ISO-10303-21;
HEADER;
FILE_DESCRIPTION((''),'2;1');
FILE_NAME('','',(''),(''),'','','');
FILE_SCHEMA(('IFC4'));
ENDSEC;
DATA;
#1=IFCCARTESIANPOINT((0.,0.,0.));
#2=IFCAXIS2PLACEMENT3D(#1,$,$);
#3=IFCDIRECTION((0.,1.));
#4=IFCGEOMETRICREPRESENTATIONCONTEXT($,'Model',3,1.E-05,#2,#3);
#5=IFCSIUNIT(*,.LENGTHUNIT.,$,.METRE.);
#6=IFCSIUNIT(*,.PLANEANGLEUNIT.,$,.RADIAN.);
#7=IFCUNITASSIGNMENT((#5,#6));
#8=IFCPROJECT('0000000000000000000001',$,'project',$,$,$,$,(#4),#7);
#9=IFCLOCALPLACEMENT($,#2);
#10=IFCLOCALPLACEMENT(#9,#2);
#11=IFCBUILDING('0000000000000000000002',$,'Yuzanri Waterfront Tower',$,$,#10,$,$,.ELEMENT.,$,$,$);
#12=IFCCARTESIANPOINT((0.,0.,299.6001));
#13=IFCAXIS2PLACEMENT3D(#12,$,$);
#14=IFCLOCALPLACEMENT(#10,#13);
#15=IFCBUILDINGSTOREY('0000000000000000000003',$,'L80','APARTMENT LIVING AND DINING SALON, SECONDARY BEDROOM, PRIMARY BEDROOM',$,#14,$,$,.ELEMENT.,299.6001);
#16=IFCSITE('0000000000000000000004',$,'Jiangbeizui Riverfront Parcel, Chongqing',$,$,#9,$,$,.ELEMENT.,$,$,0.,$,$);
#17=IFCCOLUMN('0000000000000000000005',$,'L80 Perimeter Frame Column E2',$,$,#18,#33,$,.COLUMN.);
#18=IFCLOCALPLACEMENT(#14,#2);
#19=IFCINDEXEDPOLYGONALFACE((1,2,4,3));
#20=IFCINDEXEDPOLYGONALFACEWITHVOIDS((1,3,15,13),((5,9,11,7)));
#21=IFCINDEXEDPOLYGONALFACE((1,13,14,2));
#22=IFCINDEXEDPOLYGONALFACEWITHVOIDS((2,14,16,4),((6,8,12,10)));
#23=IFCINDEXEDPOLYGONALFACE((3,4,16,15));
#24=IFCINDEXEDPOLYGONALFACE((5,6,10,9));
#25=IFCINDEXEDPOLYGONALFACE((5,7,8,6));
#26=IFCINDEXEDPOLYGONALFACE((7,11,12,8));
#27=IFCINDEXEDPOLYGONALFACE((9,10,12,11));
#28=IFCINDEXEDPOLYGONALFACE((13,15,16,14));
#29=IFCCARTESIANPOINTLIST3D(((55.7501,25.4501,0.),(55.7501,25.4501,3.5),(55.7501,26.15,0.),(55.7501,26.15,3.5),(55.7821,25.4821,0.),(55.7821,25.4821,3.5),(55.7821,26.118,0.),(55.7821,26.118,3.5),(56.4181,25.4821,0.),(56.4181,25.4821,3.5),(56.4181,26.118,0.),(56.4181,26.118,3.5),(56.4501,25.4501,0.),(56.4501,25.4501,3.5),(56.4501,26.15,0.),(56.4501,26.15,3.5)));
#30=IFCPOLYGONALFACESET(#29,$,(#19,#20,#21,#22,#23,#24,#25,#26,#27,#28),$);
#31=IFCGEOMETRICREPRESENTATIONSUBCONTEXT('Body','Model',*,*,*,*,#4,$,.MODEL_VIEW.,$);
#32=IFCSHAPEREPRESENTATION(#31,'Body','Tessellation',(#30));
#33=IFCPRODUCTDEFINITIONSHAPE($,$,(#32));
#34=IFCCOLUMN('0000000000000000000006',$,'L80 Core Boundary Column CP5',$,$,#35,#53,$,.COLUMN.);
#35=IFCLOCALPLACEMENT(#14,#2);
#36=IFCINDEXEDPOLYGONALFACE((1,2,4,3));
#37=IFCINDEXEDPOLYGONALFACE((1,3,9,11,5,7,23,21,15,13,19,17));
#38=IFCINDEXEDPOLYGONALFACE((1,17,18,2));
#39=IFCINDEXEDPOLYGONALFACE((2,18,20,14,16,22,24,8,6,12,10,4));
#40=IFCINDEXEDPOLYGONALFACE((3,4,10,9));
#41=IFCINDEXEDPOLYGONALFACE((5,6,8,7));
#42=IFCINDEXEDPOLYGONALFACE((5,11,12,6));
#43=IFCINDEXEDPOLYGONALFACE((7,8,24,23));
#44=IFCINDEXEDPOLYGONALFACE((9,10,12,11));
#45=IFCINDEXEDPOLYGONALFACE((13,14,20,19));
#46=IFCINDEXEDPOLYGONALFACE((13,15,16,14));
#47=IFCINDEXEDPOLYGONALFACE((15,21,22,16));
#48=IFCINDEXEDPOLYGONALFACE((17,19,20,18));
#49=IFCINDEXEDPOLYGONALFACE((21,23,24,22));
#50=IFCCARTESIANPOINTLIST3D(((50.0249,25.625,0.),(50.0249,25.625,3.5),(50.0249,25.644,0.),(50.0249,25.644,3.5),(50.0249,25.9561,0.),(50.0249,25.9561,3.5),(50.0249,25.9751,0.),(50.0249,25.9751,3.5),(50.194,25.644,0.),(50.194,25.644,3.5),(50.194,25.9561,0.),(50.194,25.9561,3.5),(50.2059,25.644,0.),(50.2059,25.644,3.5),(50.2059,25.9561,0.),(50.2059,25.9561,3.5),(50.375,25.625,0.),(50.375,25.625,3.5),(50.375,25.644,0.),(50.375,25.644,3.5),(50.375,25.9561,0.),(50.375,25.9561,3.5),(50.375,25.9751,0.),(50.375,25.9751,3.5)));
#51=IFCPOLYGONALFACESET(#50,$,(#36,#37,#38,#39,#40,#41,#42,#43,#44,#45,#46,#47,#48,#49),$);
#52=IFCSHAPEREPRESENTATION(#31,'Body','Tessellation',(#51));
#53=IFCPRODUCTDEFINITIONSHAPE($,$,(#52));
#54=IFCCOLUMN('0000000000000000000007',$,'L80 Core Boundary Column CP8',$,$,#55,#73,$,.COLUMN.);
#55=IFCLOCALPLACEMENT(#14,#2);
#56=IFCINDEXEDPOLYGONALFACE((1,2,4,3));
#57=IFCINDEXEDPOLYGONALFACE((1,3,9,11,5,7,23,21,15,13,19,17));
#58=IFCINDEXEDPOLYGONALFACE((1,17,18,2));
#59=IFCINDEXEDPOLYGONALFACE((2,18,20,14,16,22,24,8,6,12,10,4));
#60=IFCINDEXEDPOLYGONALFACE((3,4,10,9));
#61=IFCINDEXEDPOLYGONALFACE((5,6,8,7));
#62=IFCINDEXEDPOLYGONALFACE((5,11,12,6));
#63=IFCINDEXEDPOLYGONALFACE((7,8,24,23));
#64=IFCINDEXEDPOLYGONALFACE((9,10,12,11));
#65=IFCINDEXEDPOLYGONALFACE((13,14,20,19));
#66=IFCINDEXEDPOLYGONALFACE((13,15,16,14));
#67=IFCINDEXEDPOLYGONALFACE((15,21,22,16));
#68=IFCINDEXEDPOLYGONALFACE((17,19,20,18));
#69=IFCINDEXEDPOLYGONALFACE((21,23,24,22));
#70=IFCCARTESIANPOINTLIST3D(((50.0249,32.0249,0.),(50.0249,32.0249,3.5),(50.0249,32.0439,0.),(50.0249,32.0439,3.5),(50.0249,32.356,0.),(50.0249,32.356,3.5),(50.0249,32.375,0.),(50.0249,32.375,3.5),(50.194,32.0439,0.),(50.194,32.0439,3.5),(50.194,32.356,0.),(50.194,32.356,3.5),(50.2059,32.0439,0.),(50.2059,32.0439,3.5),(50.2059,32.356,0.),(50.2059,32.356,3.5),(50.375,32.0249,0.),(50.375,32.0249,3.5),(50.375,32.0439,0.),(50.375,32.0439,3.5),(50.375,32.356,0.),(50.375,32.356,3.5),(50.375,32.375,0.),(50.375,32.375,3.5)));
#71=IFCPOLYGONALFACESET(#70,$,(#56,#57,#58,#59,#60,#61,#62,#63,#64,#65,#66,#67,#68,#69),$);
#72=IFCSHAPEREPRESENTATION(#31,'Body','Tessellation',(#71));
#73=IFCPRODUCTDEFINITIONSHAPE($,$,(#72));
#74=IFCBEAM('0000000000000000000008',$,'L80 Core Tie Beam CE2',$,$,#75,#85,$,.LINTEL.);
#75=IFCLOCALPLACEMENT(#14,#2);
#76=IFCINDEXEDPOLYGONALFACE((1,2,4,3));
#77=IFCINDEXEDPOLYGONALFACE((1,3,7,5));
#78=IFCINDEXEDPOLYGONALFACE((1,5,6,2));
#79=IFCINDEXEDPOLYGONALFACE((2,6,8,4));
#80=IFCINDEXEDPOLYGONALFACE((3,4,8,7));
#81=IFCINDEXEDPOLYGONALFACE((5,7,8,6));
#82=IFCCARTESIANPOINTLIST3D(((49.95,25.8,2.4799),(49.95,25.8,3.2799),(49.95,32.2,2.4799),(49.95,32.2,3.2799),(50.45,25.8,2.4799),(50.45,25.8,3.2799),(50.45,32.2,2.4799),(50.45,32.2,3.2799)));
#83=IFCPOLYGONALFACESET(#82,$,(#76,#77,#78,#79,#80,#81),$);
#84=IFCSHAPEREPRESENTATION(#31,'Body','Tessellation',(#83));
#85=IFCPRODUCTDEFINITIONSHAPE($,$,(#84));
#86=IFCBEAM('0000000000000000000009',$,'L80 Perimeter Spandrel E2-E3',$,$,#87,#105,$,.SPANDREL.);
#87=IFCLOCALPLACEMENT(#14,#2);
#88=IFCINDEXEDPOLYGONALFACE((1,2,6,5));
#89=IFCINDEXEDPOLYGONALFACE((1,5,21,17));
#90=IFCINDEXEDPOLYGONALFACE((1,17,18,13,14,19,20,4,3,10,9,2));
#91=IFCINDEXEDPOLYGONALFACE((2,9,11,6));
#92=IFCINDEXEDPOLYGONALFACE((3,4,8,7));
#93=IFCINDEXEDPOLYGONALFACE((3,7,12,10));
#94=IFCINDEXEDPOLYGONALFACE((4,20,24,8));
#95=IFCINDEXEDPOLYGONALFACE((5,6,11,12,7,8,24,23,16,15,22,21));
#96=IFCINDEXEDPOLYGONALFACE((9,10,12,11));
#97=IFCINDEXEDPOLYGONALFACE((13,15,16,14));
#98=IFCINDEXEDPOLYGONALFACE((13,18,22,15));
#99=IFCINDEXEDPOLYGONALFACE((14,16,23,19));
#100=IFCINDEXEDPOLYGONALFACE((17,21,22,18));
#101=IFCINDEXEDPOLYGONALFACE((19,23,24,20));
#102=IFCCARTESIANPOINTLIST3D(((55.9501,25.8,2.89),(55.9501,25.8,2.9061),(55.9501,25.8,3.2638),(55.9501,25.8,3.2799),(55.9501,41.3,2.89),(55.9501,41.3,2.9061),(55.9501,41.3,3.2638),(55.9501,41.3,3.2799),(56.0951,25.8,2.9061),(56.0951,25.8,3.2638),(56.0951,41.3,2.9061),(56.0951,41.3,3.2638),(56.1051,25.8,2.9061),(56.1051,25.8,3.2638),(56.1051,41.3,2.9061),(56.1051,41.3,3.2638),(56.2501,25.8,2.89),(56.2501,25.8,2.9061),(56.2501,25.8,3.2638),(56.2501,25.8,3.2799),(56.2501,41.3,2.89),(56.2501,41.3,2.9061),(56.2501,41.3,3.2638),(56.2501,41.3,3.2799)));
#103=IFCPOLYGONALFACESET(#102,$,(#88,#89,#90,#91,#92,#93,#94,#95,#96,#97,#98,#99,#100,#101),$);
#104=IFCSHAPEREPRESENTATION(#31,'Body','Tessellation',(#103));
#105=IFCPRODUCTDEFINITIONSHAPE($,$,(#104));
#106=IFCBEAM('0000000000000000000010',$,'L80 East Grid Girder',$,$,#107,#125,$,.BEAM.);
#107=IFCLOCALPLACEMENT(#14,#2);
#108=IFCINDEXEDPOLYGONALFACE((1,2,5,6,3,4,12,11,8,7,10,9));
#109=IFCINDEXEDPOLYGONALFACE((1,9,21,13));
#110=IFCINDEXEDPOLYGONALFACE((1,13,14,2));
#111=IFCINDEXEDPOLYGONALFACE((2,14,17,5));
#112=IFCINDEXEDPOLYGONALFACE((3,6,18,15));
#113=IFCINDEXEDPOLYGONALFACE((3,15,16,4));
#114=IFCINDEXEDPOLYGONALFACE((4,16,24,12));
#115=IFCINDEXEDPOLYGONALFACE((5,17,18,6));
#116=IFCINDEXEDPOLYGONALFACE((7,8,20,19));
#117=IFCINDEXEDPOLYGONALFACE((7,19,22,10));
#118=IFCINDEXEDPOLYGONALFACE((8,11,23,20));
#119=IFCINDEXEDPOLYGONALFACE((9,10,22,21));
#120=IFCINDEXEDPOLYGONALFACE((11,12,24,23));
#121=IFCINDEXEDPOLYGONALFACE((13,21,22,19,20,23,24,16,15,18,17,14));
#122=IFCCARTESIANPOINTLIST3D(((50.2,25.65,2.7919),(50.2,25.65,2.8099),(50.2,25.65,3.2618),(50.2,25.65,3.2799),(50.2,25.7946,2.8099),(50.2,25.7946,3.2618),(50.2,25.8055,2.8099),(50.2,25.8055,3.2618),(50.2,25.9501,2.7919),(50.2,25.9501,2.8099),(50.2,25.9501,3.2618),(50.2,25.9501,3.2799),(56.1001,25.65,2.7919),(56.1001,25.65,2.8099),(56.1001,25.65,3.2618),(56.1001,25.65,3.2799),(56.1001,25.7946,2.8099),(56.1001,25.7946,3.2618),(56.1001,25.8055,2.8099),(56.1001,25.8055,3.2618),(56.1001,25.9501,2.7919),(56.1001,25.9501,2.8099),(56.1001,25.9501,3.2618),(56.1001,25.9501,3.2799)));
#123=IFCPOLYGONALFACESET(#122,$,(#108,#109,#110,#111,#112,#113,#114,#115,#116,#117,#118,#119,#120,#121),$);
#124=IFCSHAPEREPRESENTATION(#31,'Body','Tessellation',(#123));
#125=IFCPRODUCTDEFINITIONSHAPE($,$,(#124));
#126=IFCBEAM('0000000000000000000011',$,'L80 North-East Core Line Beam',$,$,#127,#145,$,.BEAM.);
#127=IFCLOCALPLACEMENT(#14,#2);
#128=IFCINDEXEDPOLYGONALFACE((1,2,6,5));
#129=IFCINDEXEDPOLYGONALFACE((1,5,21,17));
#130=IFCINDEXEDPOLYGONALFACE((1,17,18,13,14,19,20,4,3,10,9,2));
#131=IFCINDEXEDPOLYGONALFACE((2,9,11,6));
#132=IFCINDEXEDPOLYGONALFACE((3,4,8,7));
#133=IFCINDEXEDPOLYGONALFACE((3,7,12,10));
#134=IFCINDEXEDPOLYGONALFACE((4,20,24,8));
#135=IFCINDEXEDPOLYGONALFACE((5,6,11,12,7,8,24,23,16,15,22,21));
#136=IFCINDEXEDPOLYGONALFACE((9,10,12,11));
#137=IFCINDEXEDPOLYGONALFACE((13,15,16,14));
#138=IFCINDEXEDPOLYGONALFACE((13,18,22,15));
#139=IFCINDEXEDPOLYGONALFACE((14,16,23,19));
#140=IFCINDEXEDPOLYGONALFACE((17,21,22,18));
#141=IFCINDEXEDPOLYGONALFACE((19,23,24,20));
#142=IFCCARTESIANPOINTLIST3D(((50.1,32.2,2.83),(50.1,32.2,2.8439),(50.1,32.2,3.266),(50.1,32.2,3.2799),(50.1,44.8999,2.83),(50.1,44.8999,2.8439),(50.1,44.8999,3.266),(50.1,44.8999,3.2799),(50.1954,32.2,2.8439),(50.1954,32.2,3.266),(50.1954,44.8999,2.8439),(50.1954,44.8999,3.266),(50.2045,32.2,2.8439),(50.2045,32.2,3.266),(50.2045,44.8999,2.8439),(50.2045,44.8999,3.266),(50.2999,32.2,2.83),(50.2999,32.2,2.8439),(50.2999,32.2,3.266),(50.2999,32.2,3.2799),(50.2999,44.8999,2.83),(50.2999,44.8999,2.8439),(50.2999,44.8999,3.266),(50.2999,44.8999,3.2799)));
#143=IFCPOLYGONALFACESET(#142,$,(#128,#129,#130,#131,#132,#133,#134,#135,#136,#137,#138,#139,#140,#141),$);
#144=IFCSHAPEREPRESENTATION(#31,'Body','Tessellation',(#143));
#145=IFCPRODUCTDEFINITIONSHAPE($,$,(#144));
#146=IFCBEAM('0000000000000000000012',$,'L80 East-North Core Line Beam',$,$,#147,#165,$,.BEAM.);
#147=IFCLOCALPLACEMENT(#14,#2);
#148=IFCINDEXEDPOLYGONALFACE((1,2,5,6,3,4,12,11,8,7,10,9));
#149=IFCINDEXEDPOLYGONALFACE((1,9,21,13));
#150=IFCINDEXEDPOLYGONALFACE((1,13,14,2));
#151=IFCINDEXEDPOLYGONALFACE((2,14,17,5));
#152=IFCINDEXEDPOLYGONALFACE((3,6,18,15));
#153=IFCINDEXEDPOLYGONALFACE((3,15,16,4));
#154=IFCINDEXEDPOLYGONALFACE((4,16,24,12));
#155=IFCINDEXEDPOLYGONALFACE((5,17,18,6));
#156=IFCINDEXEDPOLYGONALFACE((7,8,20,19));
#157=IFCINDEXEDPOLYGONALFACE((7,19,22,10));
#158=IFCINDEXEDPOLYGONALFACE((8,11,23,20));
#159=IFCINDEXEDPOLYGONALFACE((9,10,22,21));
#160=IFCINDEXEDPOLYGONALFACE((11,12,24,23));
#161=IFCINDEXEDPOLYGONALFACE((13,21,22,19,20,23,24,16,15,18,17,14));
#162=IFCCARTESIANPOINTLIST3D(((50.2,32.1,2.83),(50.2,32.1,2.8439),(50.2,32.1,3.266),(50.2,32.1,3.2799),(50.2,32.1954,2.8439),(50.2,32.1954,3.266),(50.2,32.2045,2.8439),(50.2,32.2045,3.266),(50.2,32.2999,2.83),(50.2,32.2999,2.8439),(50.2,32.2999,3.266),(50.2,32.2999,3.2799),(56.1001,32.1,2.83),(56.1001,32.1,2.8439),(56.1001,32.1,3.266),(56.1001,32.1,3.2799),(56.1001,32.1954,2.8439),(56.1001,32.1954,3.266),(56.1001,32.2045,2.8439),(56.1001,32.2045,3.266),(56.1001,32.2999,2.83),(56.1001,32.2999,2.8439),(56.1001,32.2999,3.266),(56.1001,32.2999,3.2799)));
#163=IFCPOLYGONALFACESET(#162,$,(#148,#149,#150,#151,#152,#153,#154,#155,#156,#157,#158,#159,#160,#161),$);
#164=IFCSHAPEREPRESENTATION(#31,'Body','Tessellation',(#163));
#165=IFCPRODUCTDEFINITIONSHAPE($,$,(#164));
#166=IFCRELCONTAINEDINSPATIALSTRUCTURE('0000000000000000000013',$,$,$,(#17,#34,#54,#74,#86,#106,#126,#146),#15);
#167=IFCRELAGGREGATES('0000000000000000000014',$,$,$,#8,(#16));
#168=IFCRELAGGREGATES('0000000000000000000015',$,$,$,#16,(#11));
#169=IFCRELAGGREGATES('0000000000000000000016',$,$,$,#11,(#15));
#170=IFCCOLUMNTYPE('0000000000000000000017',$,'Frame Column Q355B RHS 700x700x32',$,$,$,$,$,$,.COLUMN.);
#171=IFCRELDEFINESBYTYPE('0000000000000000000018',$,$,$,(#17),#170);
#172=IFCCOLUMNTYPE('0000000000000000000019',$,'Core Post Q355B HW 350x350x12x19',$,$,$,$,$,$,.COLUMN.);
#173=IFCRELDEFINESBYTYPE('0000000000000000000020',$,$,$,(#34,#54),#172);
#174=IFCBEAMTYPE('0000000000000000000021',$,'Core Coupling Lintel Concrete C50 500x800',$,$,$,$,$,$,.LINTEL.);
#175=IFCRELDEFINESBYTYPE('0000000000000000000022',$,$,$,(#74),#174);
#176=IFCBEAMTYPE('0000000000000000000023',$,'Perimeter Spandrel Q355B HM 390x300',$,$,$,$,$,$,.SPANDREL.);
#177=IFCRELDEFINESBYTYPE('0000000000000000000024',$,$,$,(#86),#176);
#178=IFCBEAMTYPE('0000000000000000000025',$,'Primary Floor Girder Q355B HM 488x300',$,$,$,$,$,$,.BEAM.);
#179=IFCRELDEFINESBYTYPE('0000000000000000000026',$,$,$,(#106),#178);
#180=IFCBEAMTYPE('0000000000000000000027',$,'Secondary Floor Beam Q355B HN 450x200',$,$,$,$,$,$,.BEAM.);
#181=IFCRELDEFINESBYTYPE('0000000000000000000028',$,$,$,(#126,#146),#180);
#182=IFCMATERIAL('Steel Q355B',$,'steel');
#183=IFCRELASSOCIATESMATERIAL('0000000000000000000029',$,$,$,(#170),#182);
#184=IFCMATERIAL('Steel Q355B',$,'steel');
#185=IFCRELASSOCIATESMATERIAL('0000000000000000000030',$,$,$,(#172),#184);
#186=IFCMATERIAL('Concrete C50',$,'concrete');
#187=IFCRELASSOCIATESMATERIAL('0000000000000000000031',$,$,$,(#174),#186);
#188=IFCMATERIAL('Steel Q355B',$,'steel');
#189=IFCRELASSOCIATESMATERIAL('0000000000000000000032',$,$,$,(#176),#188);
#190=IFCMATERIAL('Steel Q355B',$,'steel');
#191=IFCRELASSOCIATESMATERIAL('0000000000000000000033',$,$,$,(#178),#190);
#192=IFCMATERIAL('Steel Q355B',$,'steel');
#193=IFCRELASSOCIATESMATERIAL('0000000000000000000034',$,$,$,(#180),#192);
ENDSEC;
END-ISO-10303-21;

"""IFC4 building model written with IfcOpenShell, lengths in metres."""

from ifc_helpers import new_model, si_unit, direction, frame, origin, origin_2d, place, context, subcontext, project, spatial, rectangle, hollow_rectangle, i_section, extrude, source, transform, mapped, material, material_profile, profile_set, type_object, element, save


model = new_model("IFC4")

# Units and contexts
model_context = context("Model", 3, precision=1e-05, world=origin(), true_north=direction((0.0, 1.0)))
body_context = subcontext(model_context, "Body", "Model", "MODEL_VIEW")
ifc_project = project(units=[si_unit("LENGTHUNIT", "METRE"), si_unit("PLANEANGLEUNIT", "RADIAN")], contexts=[model_context])

# Site, building, storey
site_placement = place(None, origin())
site = spatial("IfcSite", under=ifc_project, at=site_placement, Name="Jiangbeizui Riverfront Parcel, Chongqing", CompositionType="ELEMENT", RefElevation=0.0)
building_placement = place(site_placement, origin())
building = spatial("IfcBuilding", under=site, at=building_placement, Name="Yuzanri Waterfront Tower", CompositionType="ELEMENT")
storey_placement = place(building_placement, frame((0.0, 0.0, 299.6001)))
storey = spatial("IfcBuildingStorey", under=building, at=storey_placement, Name="L80", Description="APARTMENT LIVING AND DINING SALON, SECONDARY BEDROOM, PRIMARY BEDROOM", CompositionType="ELEMENT", Elevation=299.6001)

# Columns
ifc_material_1 = material(Name="Steel Q355B", Category="steel")
ifc_material_profile_1 = material_profile(ifc_material_1, hollow_rectangle(XDim=0.7, YDim=0.7, WallThickness=0.032, at=origin_2d()), Name="RHS 700x700x32")
ifc_profile_set_1 = profile_set([ifc_material_profile_1], Name="Steel Q355B")
column_type_1 = type_object("IfcColumnType", Name="Frame Column Q355B RHS 700x700x32", PredefinedType="COLUMN", material=ifc_profile_set_1)
shared_shape_1 = source(origin(), body_context, "Body", "SweptSolid", [
    extrude(hollow_rectangle(XDim=0.7, YDim=0.7, WallThickness=0.032, at=origin_2d()), origin(), (0.0, 0.0, 1.0), 3.5),
])
column_placement = place(storey_placement, frame((56.1001, 25.8, 0.0), z_axis=(0.0, 0.0, 1.0), x_axis=(1.0, 0.0, 0.0)))
element("IfcColumn", 1, at=column_placement, inside=storey, type_object=column_type_1, Name="L80 Perimeter Frame Column E2", PredefinedType="COLUMN", context=body_context, shape_type="MappedRepresentation", body=[
    mapped(shared_shape_1, transform((0.0, 0.0, 0.0), scale=1.0)),
])
ifc_material_2 = material(Name="Steel Q355B", Category="steel")
ifc_material_profile_2 = material_profile(ifc_material_2, i_section(OverallWidth=0.3501, OverallDepth=0.3501, WebThickness=0.012, FlangeThickness=0.019, at=origin_2d()), Name="HW 350x350x12x19")
ifc_profile_set_2 = profile_set([ifc_material_profile_2], Name="Steel Q355B")
column_type_2 = type_object("IfcColumnType", Name="Core Post Q355B HW 350x350x12x19", PredefinedType="COLUMN", material=ifc_profile_set_2)
shared_shape_2 = source(origin(), body_context, "Body", "SweptSolid", [
    extrude(i_section(OverallWidth=0.3501, OverallDepth=0.3501, WebThickness=0.012, FlangeThickness=0.019, at=origin_2d()), origin(), (0.0, 0.0, 1.0), 3.5),
])
for number, where, z_axis, x_axis, name in (
    (2, (50.2, 25.8, 0.0), (0.0, 0.0, 1.0), (1.0, 0.0, 0.0), "L80 Core Boundary Column CP5"),
    (3, (50.2, 32.2, 0.0), (0.0, 0.0, 1.0), (1.0, 0.0, 0.0), "L80 Core Boundary Column CP8"),
):
    element("IfcColumn", number, at=place(storey_placement, frame(where, z_axis=z_axis, x_axis=x_axis)), inside=storey, type_object=column_type_2, Name=name, PredefinedType="COLUMN", context=body_context, shape_type="MappedRepresentation", body=[
        mapped(shared_shape_2, transform((0.0, 0.0, 0.0), scale=1.0)),
    ])

# Beams
ifc_material_3 = material(Name="Concrete C50", Category="concrete")
ifc_material_profile_3 = material_profile(ifc_material_3, rectangle(XDim=0.5, YDim=0.8, at=origin_2d()), Name="RC 500x800")
ifc_profile_set_3 = profile_set([ifc_material_profile_3], Name="Concrete C50")
beam_type_1 = type_object("IfcBeamType", Name="Core Coupling Lintel Concrete C50 500x800", PredefinedType="LINTEL", material=ifc_profile_set_3)
shared_shape_3 = source(origin(), body_context, "Body", "SweptSolid", [
    extrude(rectangle(XDim=0.5, YDim=0.8, at=origin_2d()), origin(), (0.0, 0.0, 1.0), 6.3999),
])
beam_1_placement = place(storey_placement, frame((50.2, 25.8, 2.8799), z_axis=(0.0, 1.0, 0.0), x_axis=(-1.0, 0.0, 0.0)))
element("IfcBeam", 4, at=beam_1_placement, inside=storey, type_object=beam_type_1, Name="L80 Core Tie Beam CE2", PredefinedType="LINTEL", context=body_context, shape_type="MappedRepresentation", body=[
    mapped(shared_shape_3, transform((0.0, 0.0, 0.0), scale=1.0)),
])
ifc_material_4 = material(Name="Steel Q355B", Category="steel")
ifc_material_profile_4 = material_profile(ifc_material_4, i_section(OverallWidth=0.3, OverallDepth=0.3899, WebThickness=0.01, FlangeThickness=0.0161, at=origin_2d()), Name="HM 390x300x10x16")
ifc_profile_set_4 = profile_set([ifc_material_profile_4], Name="Steel Q355B")
beam_type_2 = type_object("IfcBeamType", Name="Perimeter Spandrel Q355B HM 390x300", PredefinedType="SPANDREL", material=ifc_profile_set_4)
shared_shape_4 = source(origin(), body_context, "Body", "SweptSolid", [
    extrude(i_section(OverallWidth=0.3, OverallDepth=0.3899, WebThickness=0.01, FlangeThickness=0.0161, at=origin_2d()), origin(), (0.0, 0.0, 1.0), 15.5),
])
beam_2_placement = place(storey_placement, frame((56.1001, 25.8, 3.085), z_axis=(0.0, 1.0, 0.0), x_axis=(-1.0, 0.0, 0.0)))
element("IfcBeam", 5, at=beam_2_placement, inside=storey, type_object=beam_type_2, Name="L80 Perimeter Spandrel E2-E3", PredefinedType="SPANDREL", context=body_context, shape_type="MappedRepresentation", body=[
    mapped(shared_shape_4, transform((0.0, 0.0, 0.0), scale=1.0)),
])
ifc_material_5 = material(Name="Steel Q355B", Category="steel")
ifc_material_profile_5 = material_profile(ifc_material_5, i_section(OverallWidth=0.3, OverallDepth=0.488, WebThickness=0.011, FlangeThickness=0.0181, at=origin_2d()), Name="HM 488x300x11x18")
ifc_profile_set_5 = profile_set([ifc_material_profile_5], Name="Steel Q355B")
beam_type_3 = type_object("IfcBeamType", Name="Primary Floor Girder Q355B HM 488x300", PredefinedType="BEAM", material=ifc_profile_set_5)
shared_shape_5 = source(origin(), body_context, "Body", "SweptSolid", [
    extrude(i_section(OverallWidth=0.3, OverallDepth=0.488, WebThickness=0.011, FlangeThickness=0.0181, at=origin_2d()), origin(), (0.0, 0.0, 1.0), 5.9001),
])
beam_3_placement = place(storey_placement, frame((50.2, 25.8, 3.0359), z_axis=(1.0, 0.0, 0.0), x_axis=(0.0, 1.0, 0.0)))
element("IfcBeam", 6, at=beam_3_placement, inside=storey, type_object=beam_type_3, Name="L80 East Grid Girder", PredefinedType="BEAM", context=body_context, shape_type="MappedRepresentation", body=[
    mapped(shared_shape_5, transform((0.0, 0.0, 0.0), scale=1.0)),
])
ifc_material_6 = material(Name="Steel Q355B", Category="steel")
ifc_material_profile_6 = material_profile(ifc_material_6, i_section(OverallWidth=0.2, OverallDepth=0.45, WebThickness=0.009, FlangeThickness=0.0139, at=origin_2d()), Name="HN 450x200x9x14")
ifc_profile_set_6 = profile_set([ifc_material_profile_6], Name="Steel Q355B")
beam_type_4 = type_object("IfcBeamType", Name="Secondary Floor Beam Q355B HN 450x200", PredefinedType="BEAM", material=ifc_profile_set_6)
shared_shape_6 = source(origin(), body_context, "Body", "SweptSolid", [
    extrude(i_section(OverallWidth=0.2, OverallDepth=0.45, WebThickness=0.009, FlangeThickness=0.0139, at=origin_2d()), origin(), (0.0, 0.0, 1.0), 12.7),
])
beam_4_placement = place(storey_placement, frame((50.2, 32.2, 3.0549), z_axis=(0.0, 1.0, 0.0), x_axis=(-1.0, 0.0, 0.0)))
element("IfcBeam", 7, at=beam_4_placement, inside=storey, type_object=beam_type_4, Name="L80 North-East Core Line Beam", PredefinedType="BEAM", context=body_context, shape_type="MappedRepresentation", body=[
    mapped(shared_shape_6, transform((0.0, 0.0, 0.0), scale=1.0)),
])
shared_shape_7 = source(origin(), body_context, "Body", "SweptSolid", [
    extrude(i_section(OverallWidth=0.2, OverallDepth=0.45, WebThickness=0.009, FlangeThickness=0.0139, at=origin_2d()), origin(), (0.0, 0.0, 1.0), 5.9001),
])
beam_5_placement = place(storey_placement, frame((50.2, 32.2, 3.0549), z_axis=(1.0, 0.0, 0.0), x_axis=(0.0, 1.0, 0.0)))
element("IfcBeam", 8, at=beam_5_placement, inside=storey, type_object=beam_type_4, Name="L80 East-North Core Line Beam", PredefinedType="BEAM", context=body_context, shape_type="MappedRepresentation", body=[
    mapped(shared_shape_7, transform((0.0, 0.0, 0.0), scale=1.0)),
])

save(model, "model.ifc")
